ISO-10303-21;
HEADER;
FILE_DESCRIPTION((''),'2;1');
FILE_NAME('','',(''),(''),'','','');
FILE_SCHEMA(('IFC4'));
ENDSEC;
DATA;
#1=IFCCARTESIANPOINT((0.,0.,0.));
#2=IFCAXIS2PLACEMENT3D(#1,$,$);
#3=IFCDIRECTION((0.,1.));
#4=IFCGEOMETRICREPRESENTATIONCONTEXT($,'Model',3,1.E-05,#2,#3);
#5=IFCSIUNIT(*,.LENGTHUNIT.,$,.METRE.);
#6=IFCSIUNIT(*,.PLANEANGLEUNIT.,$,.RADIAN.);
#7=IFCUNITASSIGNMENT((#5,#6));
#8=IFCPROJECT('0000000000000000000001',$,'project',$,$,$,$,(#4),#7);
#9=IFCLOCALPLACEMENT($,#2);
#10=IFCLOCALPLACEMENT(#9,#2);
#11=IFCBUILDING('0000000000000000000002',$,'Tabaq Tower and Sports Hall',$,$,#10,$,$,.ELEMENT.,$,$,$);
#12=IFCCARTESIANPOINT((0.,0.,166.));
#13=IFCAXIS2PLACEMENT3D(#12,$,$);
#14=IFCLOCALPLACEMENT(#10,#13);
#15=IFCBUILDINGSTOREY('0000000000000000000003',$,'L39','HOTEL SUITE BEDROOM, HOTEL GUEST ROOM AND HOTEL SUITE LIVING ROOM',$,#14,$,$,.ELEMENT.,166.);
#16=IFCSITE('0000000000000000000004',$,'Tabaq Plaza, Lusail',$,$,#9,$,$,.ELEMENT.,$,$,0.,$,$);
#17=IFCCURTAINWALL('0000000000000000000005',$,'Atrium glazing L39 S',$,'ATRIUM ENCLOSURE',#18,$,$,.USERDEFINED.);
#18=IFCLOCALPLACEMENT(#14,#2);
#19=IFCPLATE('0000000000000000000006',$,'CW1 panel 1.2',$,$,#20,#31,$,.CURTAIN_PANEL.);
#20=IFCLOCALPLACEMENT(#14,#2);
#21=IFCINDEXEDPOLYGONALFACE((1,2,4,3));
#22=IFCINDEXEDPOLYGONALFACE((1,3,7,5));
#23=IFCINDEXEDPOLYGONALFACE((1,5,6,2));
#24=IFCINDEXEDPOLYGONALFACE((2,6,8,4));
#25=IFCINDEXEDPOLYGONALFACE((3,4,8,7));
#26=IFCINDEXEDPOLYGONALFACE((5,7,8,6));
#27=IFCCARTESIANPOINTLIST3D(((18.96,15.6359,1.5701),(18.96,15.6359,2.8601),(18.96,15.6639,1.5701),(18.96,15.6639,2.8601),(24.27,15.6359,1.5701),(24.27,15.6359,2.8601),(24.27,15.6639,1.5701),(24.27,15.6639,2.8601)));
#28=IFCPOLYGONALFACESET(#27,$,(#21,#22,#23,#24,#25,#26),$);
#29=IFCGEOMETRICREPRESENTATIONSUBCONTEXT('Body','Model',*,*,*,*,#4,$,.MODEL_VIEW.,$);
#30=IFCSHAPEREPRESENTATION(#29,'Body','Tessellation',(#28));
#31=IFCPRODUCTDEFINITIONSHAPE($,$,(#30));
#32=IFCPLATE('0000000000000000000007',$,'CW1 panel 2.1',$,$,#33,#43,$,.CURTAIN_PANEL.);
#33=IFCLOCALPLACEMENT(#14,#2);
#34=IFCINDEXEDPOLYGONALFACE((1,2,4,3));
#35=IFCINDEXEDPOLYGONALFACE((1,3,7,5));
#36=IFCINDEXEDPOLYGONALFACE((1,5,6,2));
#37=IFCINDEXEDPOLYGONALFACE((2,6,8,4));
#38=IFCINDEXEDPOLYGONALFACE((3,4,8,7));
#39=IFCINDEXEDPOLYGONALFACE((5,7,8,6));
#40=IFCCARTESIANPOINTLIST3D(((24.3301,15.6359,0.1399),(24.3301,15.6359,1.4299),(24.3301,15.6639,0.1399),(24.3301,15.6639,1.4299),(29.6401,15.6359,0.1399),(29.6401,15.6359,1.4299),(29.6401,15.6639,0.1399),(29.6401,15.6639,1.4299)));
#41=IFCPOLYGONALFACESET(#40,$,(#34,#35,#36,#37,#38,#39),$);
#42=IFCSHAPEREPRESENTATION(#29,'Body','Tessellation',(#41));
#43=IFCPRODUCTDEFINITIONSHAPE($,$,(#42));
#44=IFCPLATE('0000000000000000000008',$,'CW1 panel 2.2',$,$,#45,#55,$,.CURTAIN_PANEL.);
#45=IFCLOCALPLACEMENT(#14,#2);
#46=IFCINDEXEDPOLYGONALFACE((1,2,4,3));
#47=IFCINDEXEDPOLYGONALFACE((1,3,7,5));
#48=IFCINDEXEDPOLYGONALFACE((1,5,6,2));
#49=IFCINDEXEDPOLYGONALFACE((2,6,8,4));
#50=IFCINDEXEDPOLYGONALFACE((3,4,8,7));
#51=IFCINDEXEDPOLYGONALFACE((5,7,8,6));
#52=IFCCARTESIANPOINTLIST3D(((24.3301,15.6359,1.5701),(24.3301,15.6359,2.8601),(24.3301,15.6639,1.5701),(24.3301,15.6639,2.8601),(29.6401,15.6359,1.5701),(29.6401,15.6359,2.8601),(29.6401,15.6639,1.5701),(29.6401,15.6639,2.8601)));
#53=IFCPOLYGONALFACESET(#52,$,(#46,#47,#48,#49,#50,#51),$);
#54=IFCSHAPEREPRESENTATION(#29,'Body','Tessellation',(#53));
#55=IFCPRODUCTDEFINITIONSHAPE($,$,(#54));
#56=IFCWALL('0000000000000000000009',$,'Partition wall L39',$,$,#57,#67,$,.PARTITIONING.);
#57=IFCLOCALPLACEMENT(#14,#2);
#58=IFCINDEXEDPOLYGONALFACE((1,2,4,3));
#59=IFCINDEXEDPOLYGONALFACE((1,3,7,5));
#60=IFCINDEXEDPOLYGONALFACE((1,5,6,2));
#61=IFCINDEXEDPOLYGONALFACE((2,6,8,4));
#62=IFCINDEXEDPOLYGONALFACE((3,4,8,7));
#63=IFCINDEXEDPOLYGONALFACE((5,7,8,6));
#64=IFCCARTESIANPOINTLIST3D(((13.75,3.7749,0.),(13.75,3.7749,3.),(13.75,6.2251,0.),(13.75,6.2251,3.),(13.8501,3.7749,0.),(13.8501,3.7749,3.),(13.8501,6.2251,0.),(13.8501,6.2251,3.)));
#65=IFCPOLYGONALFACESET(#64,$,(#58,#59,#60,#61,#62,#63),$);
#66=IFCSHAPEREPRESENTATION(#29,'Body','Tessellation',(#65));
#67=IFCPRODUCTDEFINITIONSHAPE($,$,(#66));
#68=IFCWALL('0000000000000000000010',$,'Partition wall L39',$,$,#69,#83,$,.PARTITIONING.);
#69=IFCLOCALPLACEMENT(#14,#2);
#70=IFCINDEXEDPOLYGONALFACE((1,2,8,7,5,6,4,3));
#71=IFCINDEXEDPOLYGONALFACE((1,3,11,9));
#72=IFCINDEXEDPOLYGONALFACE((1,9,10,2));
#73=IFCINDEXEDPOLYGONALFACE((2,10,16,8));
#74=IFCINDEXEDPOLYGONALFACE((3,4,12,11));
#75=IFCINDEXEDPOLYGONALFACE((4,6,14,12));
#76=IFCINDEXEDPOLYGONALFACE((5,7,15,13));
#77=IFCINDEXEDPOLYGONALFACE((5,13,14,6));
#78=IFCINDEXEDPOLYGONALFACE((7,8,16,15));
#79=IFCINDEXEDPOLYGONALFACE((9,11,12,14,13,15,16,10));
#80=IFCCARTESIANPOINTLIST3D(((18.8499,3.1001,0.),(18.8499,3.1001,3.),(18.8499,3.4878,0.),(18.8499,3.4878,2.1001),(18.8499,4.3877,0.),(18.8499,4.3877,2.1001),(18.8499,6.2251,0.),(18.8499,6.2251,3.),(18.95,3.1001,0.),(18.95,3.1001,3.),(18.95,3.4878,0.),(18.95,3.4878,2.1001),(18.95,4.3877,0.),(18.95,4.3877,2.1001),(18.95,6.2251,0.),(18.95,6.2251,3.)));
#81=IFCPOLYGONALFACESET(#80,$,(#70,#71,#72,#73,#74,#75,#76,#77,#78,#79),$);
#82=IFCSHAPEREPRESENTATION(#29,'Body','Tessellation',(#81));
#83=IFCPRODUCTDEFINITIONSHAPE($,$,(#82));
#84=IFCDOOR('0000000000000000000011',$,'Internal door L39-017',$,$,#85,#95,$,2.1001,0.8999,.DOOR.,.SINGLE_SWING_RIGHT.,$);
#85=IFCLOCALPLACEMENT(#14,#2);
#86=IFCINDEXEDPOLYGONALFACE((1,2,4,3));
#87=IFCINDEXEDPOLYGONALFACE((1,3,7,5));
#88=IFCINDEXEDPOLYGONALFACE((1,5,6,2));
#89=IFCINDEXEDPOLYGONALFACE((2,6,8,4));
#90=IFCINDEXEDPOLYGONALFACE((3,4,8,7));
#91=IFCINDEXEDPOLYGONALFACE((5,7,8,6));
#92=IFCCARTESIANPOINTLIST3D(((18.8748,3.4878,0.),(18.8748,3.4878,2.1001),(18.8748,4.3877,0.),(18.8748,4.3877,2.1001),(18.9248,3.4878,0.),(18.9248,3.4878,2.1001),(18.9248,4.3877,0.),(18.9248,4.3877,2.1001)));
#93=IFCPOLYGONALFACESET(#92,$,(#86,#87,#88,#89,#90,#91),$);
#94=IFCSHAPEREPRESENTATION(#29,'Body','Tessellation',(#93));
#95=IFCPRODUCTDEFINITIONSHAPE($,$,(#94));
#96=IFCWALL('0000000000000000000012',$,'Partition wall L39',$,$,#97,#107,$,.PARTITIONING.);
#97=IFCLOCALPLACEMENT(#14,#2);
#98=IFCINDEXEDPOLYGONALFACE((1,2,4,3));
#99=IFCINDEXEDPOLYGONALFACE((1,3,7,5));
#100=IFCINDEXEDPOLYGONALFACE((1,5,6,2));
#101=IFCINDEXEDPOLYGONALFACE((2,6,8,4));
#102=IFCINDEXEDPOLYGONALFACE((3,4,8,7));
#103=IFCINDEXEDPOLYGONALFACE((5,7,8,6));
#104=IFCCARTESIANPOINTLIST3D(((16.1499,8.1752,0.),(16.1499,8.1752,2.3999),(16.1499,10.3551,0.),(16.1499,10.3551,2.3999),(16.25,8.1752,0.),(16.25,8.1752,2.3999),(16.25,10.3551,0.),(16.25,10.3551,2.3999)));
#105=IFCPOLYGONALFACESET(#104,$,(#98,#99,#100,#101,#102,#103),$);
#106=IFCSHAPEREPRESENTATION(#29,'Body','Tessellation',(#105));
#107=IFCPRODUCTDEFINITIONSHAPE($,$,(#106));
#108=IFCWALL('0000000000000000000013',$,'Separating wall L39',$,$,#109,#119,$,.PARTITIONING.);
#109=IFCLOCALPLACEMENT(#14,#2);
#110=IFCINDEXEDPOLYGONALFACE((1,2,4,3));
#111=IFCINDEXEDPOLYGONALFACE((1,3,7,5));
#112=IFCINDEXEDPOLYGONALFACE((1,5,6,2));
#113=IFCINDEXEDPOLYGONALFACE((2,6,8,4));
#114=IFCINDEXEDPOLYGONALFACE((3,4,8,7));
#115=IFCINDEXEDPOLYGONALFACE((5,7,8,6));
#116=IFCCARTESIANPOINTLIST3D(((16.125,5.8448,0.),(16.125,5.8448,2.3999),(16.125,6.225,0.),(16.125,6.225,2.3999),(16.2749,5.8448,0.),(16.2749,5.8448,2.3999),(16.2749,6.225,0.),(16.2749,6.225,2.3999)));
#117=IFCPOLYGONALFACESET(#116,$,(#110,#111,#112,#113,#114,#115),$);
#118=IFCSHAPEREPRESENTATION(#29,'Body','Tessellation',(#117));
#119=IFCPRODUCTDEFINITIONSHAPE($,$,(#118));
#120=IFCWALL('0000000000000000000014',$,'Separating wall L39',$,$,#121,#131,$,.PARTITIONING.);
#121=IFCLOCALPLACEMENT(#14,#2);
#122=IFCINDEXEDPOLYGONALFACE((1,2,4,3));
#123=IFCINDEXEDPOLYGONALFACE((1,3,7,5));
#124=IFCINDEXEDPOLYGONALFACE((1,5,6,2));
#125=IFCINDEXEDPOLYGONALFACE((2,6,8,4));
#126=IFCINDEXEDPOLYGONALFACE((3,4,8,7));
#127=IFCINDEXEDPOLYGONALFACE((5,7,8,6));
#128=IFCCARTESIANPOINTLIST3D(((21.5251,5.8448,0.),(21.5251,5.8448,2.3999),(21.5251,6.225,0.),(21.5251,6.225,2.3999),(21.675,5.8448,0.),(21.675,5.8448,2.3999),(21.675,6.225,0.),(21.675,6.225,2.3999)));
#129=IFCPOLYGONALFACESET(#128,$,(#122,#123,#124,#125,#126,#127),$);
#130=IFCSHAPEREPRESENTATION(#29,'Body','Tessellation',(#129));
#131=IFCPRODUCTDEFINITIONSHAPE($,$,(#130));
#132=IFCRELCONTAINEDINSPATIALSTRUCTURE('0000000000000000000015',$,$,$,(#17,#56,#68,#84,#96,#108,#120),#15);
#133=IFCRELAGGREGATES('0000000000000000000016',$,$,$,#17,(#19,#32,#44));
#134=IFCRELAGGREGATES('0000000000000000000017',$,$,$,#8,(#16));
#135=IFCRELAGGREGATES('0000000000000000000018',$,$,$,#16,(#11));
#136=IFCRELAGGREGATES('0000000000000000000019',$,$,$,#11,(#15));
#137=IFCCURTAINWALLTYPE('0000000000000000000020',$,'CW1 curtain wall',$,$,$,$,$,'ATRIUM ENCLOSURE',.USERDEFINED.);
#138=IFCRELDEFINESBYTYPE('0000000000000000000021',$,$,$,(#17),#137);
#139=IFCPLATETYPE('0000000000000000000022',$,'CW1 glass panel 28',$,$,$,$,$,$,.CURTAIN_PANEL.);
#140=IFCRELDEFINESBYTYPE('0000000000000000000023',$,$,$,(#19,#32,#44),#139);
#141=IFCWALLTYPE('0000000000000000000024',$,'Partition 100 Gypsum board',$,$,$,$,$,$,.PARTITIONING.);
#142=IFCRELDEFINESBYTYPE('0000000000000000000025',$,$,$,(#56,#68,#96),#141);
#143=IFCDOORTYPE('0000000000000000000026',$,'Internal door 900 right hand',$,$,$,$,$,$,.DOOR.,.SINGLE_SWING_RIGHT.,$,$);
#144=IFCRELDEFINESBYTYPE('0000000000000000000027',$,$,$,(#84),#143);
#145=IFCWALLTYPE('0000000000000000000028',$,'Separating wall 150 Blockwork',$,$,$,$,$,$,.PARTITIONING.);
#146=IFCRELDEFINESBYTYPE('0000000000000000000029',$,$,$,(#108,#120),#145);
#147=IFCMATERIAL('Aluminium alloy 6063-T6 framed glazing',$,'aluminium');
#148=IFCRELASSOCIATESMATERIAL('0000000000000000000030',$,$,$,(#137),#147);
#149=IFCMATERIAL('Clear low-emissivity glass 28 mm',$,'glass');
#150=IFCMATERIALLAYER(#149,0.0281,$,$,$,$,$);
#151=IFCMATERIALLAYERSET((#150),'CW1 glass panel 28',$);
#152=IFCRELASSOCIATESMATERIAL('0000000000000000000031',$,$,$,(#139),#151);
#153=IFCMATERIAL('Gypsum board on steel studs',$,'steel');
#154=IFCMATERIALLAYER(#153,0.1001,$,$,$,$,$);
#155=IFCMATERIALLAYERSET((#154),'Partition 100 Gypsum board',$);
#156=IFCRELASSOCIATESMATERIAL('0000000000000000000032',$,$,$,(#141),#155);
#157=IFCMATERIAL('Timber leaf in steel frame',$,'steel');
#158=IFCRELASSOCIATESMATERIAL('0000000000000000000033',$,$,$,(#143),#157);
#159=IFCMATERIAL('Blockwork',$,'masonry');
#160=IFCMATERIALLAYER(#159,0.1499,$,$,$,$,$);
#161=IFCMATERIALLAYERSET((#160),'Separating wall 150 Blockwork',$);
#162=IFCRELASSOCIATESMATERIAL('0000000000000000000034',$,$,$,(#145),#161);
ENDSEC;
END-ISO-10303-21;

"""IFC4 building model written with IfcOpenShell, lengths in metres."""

from ifc_helpers import new_model, si_unit, direction, frame, frame_2d, origin, origin_2d, place, context, subcontext, project, spatial, rectangle, extrude, material, layer, layer_set, type_object, element, fill, aggregate, save


model = new_model("IFC4")

# Units and contexts
model_context = context("Model", 3, precision=1e-05, world=origin(), true_north=direction((0.0, 1.0)))
body_context = subcontext(model_context, "Body", "Model", "MODEL_VIEW")
ifc_project = project(units=[si_unit("LENGTHUNIT", "METRE"), si_unit("PLANEANGLEUNIT", "RADIAN")], contexts=[model_context])

# Site, building, storey
site_placement = place(None, origin())
site = spatial("IfcSite", under=ifc_project, at=site_placement, Name="Tabaq Plaza, Lusail", CompositionType="ELEMENT", RefElevation=0.0)
building_placement = place(site_placement, origin())
building = spatial("IfcBuilding", under=site, at=building_placement, Name="Tabaq Tower and Sports Hall", CompositionType="ELEMENT")
storey_placement = place(building_placement, frame((0.0, 0.0, 166.0)))
storey = spatial("IfcBuildingStorey", under=building, at=storey_placement, Name="L39", Description="HOTEL SUITE BEDROOM, HOTEL GUEST ROOM AND HOTEL SUITE LIVING ROOM", CompositionType="ELEMENT", Elevation=166.0)

# Curtain wall
ifc_material_1 = material(Name="Aluminium alloy 6063-T6 framed glazing", Category="aluminium")
curtain_wall_type = type_object("IfcCurtainWallType", Name="CW1 curtain wall", ElementType="ATRIUM ENCLOSURE", PredefinedType="USERDEFINED", material=ifc_material_1)
curtain_wall_placement = place(storey_placement, origin())
curtain_wall = element("IfcCurtainWall", 1, at=curtain_wall_placement, inside=storey, type_object=curtain_wall_type, Name="Atrium glazing L39 S", ObjectType="ATRIUM ENCLOSURE", PredefinedType="USERDEFINED")

# Plates
ifc_material_2 = material(Name="Clear low-emissivity glass 28 mm", Category="glass")
ifc_layer_1 = layer(ifc_material_2, 0.0281)
ifc_layer_set_1 = layer_set([ifc_layer_1], Name="CW1 glass panel 28")
plate_type = type_object("IfcPlateType", Name="CW1 glass panel 28", PredefinedType="CURTAIN_PANEL", material=ifc_layer_set_1)
plate_1_placement = place(storey_placement, frame((21.615, 15.6499, 1.5701), z_axis=(0.0, 0.0, 1.0), x_axis=(1.0, 0.0, 0.0)))
plate_1 = element("IfcPlate", 2, at=plate_1_placement, type_object=plate_type, Name="CW1 panel 1.2", PredefinedType="CURTAIN_PANEL", context=body_context, shape_type="SweptSolid", body=[
    extrude(rectangle(XDim=5.3101, YDim=0.0281, at=origin_2d()), origin(), (0.0, 0.0, 1.0), 1.29),
])
plate_2_placement = place(storey_placement, frame((26.9851, 15.6499, 0.1399), z_axis=(0.0, 0.0, 1.0), x_axis=(1.0, 0.0, 0.0)))
plate_2 = element("IfcPlate", 3, at=plate_2_placement, type_object=plate_type, Name="CW1 panel 2.1", PredefinedType="CURTAIN_PANEL", context=body_context, shape_type="SweptSolid", body=[
    extrude(rectangle(XDim=5.3101, YDim=0.0281, at=origin_2d()), origin(), (0.0, 0.0, 1.0), 1.29),
])
plate_3_placement = place(storey_placement, frame((26.9851, 15.6499, 1.5701), z_axis=(0.0, 0.0, 1.0), x_axis=(1.0, 0.0, 0.0)))
plate_3 = element("IfcPlate", 4, at=plate_3_placement, type_object=plate_type, Name="CW1 panel 2.2", PredefinedType="CURTAIN_PANEL", context=body_context, shape_type="SweptSolid", body=[
    extrude(rectangle(XDim=5.3101, YDim=0.0281, at=origin_2d()), origin(), (0.0, 0.0, 1.0), 1.29),
])
aggregate(curtain_wall, [plate_1, plate_2, plate_3])

# Wall
ifc_material_3 = material(Name="Gypsum board on steel studs", Category="steel")
ifc_layer_2 = layer(ifc_material_3, 0.1001)
ifc_layer_set_2 = layer_set([ifc_layer_2], Name="Partition 100 Gypsum board")
wall_type_1 = type_object("IfcWallType", Name="Partition 100 Gypsum board", PredefinedType="PARTITIONING", material=ifc_layer_set_2)
wall_1_placement = place(storey_placement, frame((13.8, 6.2251, 0.0), z_axis=(0.0, 0.0, 1.0), x_axis=(0.0, -1.0, 0.0)))
element("IfcWall", 5, at=wall_1_placement, inside=storey, type_object=wall_type_1, Name="Partition wall L39", PredefinedType="PARTITIONING", context=body_context, shape_type="SweptSolid", body=[
    extrude(rectangle(XDim=2.4502, YDim=0.1001, at=frame_2d((1.2251, 0.0))), origin(), (0.0, 0.0, 1.0), 3.0),
])

# Wall, opening, door
wall_2_placement = place(storey_placement, frame((18.8999, 6.2251, 0.0), z_axis=(0.0, 0.0, 1.0), x_axis=(0.0, -1.0, 0.0)))
wall_2 = element("IfcWall", 6, at=wall_2_placement, inside=storey, type_object=wall_type_1, Name="Partition wall L39", PredefinedType="PARTITIONING", context=body_context, shape_type="SweptSolid", body=[
    extrude(rectangle(XDim=3.125, YDim=0.1001, at=frame_2d((1.5625, 0.0))), origin(), (0.0, 0.0, 1.0), 3.0),
])
opening_placement = place(wall_2_placement, frame((1.8374, 0.0, 0.0)))
opening = element("IfcOpeningElement", 7, at=opening_placement, cuts=wall_2, PredefinedType="OPENING", context=body_context, shape_type="SweptSolid", body=[
    extrude(rectangle(XDim=0.8999, YDim=2.1001, at=frame_2d((0.45, 1.05))), frame((0.0, 0.05, 0.0), z_axis=(0.0, -1.0, 0.0), x_axis=(1.0, 0.0, 0.0)), (0.0, 0.0, 1.0), 0.1001),
])
ifc_material_4 = material(Name="Timber leaf in steel frame", Category="steel")
door_type = type_object("IfcDoorType", Name="Internal door 900 right hand", OperationType="SINGLE_SWING_RIGHT", PredefinedType="DOOR", material=ifc_material_4)
door_placement = place(opening_placement, origin())
door = element("IfcDoor", 8, at=door_placement, inside=storey, type_object=door_type, Name="Internal door L39-017", OperationType="SINGLE_SWING_RIGHT", OverallHeight=2.1001, OverallWidth=0.8999, PredefinedType="DOOR", context=body_context, shape_type="SweptSolid", body=[
    extrude(rectangle(XDim=0.8999, YDim=2.1001, at=frame_2d((0.45, 1.05))), frame((0.0, 0.0249, 0.0), z_axis=(0.0, -1.0, 0.0), x_axis=(1.0, 0.0, 0.0)), (0.0, 0.0, 1.0), 0.05),
])
fill(opening, door)

# Walls
wall_3_placement = place(storey_placement, frame((16.2, 10.355, 0.0), z_axis=(0.0, 0.0, 1.0), x_axis=(0.0, -1.0, 0.0)))
element("IfcWall", 9, at=wall_3_placement, inside=storey, type_object=wall_type_1, Name="Partition wall L39", PredefinedType="PARTITIONING", context=body_context, shape_type="SweptSolid", body=[
    extrude(rectangle(XDim=2.1799, YDim=0.1001, at=frame_2d((1.0898, 0.0))), origin(), (0.0, 0.0, 1.0), 2.3999),
])
ifc_material_5 = material(Name="Blockwork", Category="masonry")
ifc_layer_3 = layer(ifc_material_5, 0.1499)
ifc_layer_set_3 = layer_set([ifc_layer_3], Name="Separating wall 150 Blockwork")
wall_type_2 = type_object("IfcWallType", Name="Separating wall 150 Blockwork", PredefinedType="PARTITIONING", material=ifc_layer_set_3)
for number, where, z_axis, x_axis, name in (
    (10, (16.2, 5.845, 0.0), (0.0, 0.0, 1.0), (0.0, 1.0, 0.0), "Separating wall L39"),
    (11, (21.6001, 5.845, 0.0), (0.0, 0.0, 1.0), (0.0, 1.0, 0.0), "Separating wall L39"),
):
    element("IfcWall", number, at=place(storey_placement, frame(where, z_axis=z_axis, x_axis=x_axis)), inside=storey, type_object=wall_type_2, Name=name, PredefinedType="PARTITIONING", context=body_context, shape_type="SweptSolid", body=[
        extrude(rectangle(XDim=0.3801, YDim=0.1499, at=frame_2d((0.1899, 0.0))), origin(), (0.0, 0.0, 1.0), 2.3999),
    ])

save(model, "model.ifc")
